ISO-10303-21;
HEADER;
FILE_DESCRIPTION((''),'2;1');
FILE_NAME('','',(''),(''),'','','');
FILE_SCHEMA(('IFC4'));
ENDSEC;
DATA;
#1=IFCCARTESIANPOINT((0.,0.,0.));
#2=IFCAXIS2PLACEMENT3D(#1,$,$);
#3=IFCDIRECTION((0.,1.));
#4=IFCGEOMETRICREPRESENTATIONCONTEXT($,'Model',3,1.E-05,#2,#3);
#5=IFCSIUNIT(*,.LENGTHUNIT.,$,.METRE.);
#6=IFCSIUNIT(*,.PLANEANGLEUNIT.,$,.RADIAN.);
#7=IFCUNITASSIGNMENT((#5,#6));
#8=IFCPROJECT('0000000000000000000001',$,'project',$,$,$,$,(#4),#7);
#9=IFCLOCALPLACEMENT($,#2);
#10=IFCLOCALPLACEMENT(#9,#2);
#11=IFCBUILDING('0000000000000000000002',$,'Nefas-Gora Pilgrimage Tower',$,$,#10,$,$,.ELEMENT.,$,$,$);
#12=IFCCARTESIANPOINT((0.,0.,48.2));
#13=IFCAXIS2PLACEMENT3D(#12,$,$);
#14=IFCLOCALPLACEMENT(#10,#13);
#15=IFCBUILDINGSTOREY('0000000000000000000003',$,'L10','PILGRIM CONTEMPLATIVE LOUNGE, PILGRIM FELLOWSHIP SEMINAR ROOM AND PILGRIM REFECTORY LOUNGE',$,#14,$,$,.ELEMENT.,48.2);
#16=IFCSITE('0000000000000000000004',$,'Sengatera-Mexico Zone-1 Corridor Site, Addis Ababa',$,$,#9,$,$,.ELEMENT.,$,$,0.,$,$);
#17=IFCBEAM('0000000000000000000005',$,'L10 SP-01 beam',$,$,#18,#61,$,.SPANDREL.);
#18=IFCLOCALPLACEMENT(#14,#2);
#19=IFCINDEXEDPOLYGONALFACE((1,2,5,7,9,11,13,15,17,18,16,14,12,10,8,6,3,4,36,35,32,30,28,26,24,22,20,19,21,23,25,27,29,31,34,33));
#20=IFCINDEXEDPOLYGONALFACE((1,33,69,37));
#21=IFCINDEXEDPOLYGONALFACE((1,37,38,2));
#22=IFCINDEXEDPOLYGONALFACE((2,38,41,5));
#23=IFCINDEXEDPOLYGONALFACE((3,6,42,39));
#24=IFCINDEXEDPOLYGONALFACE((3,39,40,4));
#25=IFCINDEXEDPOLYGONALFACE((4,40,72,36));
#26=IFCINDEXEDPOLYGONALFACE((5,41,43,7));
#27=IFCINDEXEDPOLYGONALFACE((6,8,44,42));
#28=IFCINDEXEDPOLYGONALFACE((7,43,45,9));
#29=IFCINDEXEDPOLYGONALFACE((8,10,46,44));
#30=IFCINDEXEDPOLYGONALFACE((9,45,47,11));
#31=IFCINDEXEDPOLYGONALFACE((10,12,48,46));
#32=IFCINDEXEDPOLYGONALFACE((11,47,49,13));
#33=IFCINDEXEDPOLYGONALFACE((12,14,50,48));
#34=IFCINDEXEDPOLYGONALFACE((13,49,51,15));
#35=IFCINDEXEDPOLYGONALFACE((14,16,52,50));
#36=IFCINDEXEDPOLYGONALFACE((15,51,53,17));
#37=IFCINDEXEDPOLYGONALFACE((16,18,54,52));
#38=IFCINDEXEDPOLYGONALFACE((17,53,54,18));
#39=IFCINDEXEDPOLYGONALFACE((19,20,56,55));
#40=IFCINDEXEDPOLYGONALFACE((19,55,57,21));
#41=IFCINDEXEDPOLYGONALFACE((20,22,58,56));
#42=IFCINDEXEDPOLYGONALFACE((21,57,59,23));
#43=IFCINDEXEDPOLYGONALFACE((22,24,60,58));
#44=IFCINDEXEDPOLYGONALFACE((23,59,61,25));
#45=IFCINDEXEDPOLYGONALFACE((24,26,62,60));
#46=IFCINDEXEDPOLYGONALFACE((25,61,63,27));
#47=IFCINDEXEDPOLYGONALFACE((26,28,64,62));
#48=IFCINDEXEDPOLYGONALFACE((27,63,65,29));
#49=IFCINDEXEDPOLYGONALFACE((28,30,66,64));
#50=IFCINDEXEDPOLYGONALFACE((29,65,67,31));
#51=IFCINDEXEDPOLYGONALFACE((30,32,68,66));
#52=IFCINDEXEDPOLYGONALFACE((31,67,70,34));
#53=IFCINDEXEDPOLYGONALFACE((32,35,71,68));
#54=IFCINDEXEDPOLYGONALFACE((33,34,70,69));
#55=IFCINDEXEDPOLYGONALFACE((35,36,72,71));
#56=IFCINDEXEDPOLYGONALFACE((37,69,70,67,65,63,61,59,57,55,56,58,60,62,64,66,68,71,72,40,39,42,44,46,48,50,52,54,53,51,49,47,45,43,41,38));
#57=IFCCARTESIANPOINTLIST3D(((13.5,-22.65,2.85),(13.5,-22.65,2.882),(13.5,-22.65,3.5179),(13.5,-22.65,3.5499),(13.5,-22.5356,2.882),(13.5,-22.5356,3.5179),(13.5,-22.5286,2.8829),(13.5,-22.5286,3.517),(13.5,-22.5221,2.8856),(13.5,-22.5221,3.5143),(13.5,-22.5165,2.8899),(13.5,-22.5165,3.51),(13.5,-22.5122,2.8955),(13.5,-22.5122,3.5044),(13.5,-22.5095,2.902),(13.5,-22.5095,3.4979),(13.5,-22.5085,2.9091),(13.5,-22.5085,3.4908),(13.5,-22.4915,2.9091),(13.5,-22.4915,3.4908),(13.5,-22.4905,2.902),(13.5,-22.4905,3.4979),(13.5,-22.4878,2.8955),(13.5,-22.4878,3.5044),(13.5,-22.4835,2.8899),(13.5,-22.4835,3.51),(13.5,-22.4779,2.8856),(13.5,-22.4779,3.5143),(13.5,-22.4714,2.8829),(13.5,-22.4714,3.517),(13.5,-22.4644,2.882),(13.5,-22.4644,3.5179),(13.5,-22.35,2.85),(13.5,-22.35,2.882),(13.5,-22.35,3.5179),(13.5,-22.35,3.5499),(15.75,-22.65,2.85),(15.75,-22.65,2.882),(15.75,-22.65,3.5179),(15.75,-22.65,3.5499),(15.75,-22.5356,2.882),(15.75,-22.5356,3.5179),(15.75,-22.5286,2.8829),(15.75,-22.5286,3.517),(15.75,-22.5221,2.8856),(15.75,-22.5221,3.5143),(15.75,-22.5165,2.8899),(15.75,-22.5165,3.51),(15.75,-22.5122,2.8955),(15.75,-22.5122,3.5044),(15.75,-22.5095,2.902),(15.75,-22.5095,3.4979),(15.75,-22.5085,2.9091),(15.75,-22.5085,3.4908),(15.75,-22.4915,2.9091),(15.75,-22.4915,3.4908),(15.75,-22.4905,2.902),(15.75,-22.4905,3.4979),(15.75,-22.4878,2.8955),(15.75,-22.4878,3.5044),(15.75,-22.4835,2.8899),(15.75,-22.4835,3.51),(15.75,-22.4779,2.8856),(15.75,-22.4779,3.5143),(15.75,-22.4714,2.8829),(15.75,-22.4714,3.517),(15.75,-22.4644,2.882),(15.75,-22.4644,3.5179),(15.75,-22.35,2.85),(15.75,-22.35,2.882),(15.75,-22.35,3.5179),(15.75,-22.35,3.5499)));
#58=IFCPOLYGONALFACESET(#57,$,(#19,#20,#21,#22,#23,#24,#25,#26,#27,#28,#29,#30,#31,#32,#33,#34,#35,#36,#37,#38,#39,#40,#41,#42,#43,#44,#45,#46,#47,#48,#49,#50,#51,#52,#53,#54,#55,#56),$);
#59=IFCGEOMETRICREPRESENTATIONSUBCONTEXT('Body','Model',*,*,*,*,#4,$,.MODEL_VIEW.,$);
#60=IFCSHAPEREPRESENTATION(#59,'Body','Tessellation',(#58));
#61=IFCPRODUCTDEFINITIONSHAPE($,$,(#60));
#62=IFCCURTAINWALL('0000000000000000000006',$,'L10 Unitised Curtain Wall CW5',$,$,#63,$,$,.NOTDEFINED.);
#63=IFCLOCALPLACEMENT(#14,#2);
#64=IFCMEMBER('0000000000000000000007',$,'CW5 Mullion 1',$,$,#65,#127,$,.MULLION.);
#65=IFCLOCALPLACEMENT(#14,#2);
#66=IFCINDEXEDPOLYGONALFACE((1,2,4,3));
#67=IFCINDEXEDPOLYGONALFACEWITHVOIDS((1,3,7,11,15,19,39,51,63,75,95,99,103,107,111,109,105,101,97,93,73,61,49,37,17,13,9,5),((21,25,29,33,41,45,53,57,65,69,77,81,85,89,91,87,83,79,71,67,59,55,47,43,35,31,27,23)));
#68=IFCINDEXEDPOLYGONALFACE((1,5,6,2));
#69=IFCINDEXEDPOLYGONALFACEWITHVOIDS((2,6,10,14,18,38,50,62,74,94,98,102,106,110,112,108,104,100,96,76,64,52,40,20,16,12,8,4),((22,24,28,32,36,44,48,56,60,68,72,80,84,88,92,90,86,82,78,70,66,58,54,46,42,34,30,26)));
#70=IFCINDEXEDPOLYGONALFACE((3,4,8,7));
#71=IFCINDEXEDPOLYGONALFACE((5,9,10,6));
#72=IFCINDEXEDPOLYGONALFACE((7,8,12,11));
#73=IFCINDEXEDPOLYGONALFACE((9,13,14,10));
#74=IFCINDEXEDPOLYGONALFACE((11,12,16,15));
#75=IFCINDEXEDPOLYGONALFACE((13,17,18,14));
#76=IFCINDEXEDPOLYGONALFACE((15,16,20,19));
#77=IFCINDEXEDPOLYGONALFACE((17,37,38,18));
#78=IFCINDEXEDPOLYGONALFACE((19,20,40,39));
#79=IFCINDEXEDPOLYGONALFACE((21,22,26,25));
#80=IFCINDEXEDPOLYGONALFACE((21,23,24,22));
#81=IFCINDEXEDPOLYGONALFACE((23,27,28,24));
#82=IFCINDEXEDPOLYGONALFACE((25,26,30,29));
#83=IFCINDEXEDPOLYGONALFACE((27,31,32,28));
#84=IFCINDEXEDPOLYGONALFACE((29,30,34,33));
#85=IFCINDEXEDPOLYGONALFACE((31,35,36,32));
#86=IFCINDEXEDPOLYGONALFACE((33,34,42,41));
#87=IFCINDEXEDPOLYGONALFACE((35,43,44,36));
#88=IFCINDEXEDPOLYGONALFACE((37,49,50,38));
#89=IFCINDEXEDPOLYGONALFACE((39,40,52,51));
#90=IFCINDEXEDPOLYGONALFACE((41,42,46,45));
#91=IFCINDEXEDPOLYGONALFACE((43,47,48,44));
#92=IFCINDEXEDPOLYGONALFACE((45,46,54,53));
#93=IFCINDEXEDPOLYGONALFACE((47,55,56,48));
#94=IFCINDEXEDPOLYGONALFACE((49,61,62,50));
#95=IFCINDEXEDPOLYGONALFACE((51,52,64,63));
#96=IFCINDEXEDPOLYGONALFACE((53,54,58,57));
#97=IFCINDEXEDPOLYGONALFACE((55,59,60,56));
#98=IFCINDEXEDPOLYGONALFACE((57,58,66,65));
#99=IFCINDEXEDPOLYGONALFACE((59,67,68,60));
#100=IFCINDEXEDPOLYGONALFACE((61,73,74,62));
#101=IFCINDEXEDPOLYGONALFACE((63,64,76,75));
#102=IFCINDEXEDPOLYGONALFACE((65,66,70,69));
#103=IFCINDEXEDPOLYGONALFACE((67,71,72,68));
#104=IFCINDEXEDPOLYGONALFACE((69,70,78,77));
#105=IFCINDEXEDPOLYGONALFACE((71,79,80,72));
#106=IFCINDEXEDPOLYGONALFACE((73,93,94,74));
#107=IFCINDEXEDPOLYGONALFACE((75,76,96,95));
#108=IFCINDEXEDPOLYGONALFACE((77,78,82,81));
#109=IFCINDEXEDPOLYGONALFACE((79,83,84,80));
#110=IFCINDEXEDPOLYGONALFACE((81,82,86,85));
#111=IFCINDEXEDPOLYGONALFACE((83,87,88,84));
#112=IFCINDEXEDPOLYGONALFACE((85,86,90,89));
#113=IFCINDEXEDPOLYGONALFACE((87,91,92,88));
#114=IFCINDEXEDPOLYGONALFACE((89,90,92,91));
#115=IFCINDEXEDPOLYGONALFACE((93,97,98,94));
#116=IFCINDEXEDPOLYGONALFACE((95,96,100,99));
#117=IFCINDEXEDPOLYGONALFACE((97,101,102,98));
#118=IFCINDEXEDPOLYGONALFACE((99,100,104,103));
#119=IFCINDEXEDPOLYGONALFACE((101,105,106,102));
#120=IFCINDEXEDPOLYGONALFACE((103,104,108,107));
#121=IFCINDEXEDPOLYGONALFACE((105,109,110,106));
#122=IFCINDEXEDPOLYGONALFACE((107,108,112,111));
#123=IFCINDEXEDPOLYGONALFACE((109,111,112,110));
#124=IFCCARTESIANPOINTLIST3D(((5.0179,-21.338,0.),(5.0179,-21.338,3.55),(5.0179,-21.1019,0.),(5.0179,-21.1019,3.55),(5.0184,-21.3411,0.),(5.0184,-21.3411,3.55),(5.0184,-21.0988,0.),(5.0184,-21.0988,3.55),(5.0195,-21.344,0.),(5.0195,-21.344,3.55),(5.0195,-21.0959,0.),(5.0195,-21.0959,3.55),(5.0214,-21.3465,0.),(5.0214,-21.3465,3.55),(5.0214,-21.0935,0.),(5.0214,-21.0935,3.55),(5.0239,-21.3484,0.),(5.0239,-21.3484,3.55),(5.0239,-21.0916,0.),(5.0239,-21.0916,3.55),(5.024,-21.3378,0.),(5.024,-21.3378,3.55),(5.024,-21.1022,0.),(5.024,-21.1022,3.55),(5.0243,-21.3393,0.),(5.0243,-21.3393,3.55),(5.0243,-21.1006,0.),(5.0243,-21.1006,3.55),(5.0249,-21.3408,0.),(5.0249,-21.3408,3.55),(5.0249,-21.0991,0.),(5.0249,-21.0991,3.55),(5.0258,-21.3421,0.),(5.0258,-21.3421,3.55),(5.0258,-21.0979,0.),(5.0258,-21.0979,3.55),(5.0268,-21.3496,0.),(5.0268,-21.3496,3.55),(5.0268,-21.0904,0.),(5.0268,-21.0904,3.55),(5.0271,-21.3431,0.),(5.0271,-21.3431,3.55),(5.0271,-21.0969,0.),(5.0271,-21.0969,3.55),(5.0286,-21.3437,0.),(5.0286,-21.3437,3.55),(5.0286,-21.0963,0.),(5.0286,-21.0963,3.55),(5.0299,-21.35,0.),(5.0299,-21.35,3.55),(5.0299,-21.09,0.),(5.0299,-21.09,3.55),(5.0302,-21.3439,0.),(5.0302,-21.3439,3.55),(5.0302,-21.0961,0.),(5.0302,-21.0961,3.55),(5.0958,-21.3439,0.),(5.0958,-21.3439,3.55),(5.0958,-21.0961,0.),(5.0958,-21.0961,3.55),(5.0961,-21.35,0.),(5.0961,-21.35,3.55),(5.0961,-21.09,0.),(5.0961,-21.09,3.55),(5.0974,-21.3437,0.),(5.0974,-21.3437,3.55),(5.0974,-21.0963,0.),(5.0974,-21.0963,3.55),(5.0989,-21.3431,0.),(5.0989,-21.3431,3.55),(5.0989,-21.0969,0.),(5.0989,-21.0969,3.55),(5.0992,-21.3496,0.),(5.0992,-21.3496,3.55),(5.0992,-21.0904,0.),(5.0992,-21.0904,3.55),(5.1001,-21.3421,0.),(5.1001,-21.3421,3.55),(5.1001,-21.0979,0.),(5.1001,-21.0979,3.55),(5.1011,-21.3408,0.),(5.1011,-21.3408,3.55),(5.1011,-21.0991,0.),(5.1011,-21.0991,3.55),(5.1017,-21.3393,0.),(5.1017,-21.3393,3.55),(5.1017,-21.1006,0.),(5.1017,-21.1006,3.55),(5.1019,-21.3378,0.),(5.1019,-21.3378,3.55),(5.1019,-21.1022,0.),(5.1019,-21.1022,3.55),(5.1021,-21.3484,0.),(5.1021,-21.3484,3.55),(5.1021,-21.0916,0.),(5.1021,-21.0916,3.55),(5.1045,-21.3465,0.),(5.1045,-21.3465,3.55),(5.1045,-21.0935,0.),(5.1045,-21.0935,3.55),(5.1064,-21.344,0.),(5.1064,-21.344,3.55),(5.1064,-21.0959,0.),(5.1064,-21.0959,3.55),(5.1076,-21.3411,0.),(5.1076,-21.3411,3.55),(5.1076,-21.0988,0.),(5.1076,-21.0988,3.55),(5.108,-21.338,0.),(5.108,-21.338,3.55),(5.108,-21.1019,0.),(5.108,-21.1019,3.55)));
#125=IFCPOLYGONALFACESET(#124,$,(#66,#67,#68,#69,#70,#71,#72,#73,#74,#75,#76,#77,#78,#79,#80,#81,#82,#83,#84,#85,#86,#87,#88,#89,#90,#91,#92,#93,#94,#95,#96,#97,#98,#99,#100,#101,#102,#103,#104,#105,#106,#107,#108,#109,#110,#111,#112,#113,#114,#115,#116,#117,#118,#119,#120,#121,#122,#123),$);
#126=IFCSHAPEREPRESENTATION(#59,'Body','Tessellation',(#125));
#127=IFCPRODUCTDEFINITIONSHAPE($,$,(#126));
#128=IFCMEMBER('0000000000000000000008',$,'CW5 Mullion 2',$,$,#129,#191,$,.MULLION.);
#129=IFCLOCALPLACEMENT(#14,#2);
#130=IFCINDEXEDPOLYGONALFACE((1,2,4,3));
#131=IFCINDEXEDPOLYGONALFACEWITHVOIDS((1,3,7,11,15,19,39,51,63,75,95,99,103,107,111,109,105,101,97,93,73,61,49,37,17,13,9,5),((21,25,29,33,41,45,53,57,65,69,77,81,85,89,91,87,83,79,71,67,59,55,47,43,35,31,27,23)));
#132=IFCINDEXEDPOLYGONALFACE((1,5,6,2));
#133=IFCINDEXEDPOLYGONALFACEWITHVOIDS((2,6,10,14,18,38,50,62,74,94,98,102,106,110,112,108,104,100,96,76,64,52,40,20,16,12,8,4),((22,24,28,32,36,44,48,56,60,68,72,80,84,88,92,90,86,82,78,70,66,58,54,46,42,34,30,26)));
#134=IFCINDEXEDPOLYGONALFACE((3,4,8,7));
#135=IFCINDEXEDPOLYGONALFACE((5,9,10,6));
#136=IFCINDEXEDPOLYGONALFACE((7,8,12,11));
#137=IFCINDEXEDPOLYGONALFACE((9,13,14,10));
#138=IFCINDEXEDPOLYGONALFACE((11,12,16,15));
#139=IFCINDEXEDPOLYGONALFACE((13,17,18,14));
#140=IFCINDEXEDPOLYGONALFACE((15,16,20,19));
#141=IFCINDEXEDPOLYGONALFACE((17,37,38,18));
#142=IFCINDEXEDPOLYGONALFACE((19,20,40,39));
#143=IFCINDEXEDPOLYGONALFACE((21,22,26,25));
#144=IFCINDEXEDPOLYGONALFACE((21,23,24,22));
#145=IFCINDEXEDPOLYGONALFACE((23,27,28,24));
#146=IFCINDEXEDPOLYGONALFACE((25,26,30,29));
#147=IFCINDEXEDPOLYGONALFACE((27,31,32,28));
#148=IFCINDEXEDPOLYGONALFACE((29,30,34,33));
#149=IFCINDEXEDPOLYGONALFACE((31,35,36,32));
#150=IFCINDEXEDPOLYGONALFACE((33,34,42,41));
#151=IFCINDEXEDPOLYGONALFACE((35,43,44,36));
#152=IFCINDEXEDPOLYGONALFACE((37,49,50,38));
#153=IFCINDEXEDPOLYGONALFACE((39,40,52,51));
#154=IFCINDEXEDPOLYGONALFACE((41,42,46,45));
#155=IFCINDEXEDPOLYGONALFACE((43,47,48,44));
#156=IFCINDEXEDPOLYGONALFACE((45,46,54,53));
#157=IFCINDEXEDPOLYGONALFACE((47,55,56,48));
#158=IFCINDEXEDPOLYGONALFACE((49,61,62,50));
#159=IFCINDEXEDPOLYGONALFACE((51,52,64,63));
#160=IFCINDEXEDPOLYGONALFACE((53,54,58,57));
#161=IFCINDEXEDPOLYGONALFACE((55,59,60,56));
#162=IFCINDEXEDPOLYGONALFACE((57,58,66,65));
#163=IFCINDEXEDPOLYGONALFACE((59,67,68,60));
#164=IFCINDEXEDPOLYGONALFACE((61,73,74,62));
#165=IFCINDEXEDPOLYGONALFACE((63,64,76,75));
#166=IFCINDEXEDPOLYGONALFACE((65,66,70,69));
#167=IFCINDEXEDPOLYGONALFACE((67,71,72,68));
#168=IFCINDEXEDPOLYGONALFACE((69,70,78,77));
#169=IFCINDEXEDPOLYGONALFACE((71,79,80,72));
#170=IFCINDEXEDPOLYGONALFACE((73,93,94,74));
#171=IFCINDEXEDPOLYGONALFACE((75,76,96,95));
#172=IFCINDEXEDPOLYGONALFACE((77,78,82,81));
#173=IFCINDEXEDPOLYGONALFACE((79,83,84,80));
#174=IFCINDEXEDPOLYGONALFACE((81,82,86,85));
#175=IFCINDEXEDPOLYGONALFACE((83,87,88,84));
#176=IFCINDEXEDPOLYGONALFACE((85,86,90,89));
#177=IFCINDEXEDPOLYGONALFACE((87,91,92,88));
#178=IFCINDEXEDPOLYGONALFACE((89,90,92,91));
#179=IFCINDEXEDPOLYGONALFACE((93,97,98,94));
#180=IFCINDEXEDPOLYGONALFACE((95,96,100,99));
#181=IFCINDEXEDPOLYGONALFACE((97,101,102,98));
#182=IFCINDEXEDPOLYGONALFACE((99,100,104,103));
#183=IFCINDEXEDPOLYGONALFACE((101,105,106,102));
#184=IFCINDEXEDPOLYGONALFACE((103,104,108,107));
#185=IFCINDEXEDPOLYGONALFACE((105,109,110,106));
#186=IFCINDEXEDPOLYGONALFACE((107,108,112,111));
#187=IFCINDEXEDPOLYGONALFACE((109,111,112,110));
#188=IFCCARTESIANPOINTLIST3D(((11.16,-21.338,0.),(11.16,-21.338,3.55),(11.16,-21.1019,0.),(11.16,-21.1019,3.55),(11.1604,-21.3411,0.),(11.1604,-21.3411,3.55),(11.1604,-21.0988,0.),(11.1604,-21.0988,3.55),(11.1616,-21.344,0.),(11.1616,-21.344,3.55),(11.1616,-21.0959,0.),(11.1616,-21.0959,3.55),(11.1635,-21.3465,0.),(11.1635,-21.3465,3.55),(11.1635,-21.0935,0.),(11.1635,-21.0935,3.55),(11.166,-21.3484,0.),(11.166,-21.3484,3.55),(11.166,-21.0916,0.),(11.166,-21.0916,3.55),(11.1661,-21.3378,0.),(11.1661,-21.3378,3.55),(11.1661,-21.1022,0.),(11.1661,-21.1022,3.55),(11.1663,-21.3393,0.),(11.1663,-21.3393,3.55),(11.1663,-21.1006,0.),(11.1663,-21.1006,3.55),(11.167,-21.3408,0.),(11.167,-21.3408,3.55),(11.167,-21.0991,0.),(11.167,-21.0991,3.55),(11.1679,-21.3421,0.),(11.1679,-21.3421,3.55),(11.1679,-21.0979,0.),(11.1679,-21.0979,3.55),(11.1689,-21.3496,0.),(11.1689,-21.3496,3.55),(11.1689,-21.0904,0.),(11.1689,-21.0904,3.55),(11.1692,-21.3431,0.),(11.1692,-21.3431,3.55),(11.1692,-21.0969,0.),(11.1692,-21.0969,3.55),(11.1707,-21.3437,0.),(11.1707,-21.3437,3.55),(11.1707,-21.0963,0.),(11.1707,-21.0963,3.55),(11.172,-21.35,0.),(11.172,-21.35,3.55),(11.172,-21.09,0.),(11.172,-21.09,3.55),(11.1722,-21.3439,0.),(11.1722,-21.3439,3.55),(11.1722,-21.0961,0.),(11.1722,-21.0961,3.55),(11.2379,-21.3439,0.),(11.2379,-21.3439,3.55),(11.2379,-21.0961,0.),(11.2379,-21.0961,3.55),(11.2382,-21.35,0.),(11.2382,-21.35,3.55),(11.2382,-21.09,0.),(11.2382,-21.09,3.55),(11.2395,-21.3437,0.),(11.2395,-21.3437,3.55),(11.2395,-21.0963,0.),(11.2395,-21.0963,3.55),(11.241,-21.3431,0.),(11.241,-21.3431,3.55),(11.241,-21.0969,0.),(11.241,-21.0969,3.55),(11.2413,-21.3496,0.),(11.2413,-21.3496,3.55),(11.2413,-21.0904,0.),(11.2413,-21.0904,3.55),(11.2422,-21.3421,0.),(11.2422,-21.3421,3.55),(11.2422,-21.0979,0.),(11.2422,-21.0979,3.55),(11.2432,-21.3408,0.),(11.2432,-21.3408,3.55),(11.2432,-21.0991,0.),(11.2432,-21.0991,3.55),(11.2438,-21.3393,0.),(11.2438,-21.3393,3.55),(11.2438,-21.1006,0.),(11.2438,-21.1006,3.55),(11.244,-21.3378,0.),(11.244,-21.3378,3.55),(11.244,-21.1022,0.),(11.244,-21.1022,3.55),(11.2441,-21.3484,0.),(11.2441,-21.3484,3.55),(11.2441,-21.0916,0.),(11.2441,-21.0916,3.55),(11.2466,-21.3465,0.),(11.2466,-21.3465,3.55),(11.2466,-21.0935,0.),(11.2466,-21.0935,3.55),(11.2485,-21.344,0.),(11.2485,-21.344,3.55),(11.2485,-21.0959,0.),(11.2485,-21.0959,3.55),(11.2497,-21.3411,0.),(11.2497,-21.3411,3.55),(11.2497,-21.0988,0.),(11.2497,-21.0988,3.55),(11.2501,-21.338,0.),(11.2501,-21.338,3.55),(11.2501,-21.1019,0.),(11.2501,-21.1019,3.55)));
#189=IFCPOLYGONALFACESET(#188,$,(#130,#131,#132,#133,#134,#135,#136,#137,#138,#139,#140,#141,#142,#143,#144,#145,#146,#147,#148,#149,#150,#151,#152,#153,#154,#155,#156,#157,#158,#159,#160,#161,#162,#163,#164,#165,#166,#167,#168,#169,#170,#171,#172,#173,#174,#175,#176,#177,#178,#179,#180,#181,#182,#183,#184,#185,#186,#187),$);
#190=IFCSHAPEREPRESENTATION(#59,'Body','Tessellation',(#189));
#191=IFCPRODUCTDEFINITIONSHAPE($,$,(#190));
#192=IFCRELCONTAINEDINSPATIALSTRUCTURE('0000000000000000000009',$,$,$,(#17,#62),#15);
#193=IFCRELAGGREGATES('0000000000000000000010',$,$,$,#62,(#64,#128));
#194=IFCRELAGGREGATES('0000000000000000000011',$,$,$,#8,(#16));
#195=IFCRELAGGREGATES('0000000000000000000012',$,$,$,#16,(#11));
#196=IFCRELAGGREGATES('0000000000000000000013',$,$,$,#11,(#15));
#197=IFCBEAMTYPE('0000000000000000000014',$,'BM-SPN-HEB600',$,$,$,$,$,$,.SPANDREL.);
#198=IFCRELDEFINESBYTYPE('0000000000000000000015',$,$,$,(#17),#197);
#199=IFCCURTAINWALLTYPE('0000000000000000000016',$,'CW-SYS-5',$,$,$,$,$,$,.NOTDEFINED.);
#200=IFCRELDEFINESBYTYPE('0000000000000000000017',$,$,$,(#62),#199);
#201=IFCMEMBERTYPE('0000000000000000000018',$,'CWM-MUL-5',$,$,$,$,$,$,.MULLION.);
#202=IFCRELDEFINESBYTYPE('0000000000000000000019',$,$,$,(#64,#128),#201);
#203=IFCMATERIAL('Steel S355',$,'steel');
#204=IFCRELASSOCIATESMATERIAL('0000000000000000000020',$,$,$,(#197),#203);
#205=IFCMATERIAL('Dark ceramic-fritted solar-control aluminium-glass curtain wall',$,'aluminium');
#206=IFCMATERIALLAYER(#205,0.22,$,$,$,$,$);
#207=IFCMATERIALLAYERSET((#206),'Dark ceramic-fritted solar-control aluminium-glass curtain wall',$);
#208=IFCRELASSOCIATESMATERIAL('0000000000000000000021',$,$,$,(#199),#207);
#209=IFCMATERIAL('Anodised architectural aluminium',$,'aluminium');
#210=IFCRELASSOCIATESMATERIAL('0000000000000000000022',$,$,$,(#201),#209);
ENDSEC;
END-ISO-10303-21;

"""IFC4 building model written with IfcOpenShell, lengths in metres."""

from ifc_helpers import new_model, si_unit, direction, frame, origin, origin_2d, place, context, subcontext, project, spatial, hollow_rectangle, i_section, extrude, source, transform, mapped, material, layer, layer_set, material_profile, profile_set, type_object, element, aggregate, save


model = new_model("IFC4")

# Units and contexts
model_context = context("Model", 3, precision=1e-05, world=origin(), true_north=direction((0.0, 1.0)))
body_context = subcontext(model_context, "Body", "Model", "MODEL_VIEW")
ifc_project = project(units=[si_unit("LENGTHUNIT", "METRE"), si_unit("PLANEANGLEUNIT", "RADIAN")], contexts=[model_context])

# Site, building, storey
site_placement = place(None, origin())
site = spatial("IfcSite", under=ifc_project, at=site_placement, Name="Sengatera-Mexico Zone-1 Corridor Site, Addis Ababa", CompositionType="ELEMENT", RefElevation=0.0)
building_placement = place(site_placement, origin())
building = spatial("IfcBuilding", under=site, at=building_placement, Name="Nefas-Gora Pilgrimage Tower", CompositionType="ELEMENT")
storey_placement = place(building_placement, frame((0.0, 0.0, 48.2)))
storey = spatial("IfcBuildingStorey", under=building, at=storey_placement, Name="L10", Description="PILGRIM CONTEMPLATIVE LOUNGE, PILGRIM FELLOWSHIP SEMINAR ROOM AND PILGRIM REFECTORY LOUNGE", CompositionType="ELEMENT", Elevation=48.2)

# Beam
ifc_material_1 = material(Name="Steel S355", Category="steel")
ifc_material_profile_1 = material_profile(ifc_material_1, i_section(OverallWidth=0.3, OverallDepth=0.7, WebThickness=0.0171, FlangeThickness=0.032, FilletRadius=0.0271, at=origin_2d()), Name="HEB 700")
ifc_profile_set_1 = profile_set([ifc_material_profile_1], Name="Steel S355")
beam_type_1 = type_object("IfcBeamType", Name="BM-SPN-HEB600", PredefinedType="SPANDREL", material=ifc_profile_set_1)
shared_shape_1 = source(origin(), body_context, "Body", "SweptSolid", [
    extrude(i_section(OverallWidth=0.3, OverallDepth=0.7, WebThickness=0.0171, FlangeThickness=0.032, FilletRadius=0.0271, at=origin_2d()), origin(), (0.0, 0.0, 1.0), 2.25),
])
beam_1_placement = place(storey_placement, frame((13.5, -22.5, 3.2), z_axis=(1.0, 0.0, 0.0), x_axis=(0.0, 1.0, 0.0)))
element("IfcBeam", 1, at=beam_1_placement, inside=storey, type_object=beam_type_1, Name="L10 SP-01 beam", PredefinedType="SPANDREL", context=body_context, shape_type="MappedRepresentation", body=[
    mapped(shared_shape_1, transform((0.0, 0.0, 0.0), x_axis=(1.0, 0.0, 0.0), y_axis=(0.0, 1.0, 0.0), z_axis=(0.0, 0.0, 1.0), scale=1.0)),
])

# Curtain wall, members
ifc_material_2 = material(Name="Dark ceramic-fritted solar-control aluminium-glass curtain wall", Category="aluminium")
ifc_layer_1 = layer(ifc_material_2, 0.22)
ifc_layer_set_1 = layer_set([ifc_layer_1], Name="Dark ceramic-fritted solar-control aluminium-glass curtain wall")
curtain_wall_type_1 = type_object("IfcCurtainWallType", Name="CW-SYS-5", PredefinedType="NOTDEFINED", material=ifc_layer_set_1)
curtain_wall_1_placement = place(storey_placement, origin())
curtain_wall_1 = element("IfcCurtainWall", 2, at=curtain_wall_1_placement, inside=storey, type_object=curtain_wall_type_1, Name="L10 Unitised Curtain Wall CW5", PredefinedType="NOTDEFINED")
ifc_material_3 = material(Name="Anodised architectural aluminium", Category="aluminium")
ifc_material_profile_2 = material_profile(ifc_material_3, hollow_rectangle(XDim=0.0901, YDim=0.26, WallThickness=0.0061, InnerFilletRadius=0.0061, OuterFilletRadius=0.012, at=origin_2d()), Name="ALU MULLION 90x260")
ifc_profile_set_2 = profile_set([ifc_material_profile_2], Name="Anodised architectural aluminium")
member_type_1 = type_object("IfcMemberType", Name="CWM-MUL-5", PredefinedType="MULLION", material=ifc_profile_set_2)
shared_shape_2 = source(origin(), body_context, "Body", "SweptSolid", [
    extrude(hollow_rectangle(XDim=0.0901, YDim=0.26, WallThickness=0.0061, InnerFilletRadius=0.0061, OuterFilletRadius=0.012, at=origin_2d()), origin(), (0.0, 0.0, 1.0), 3.55),
])
member_1_placement = place(storey_placement, frame((5.063, -21.22, 0.0), z_axis=(0.0, 0.0, 1.0), x_axis=(1.0, 0.0, 0.0)))
member_1 = element("IfcMember", 3, at=member_1_placement, type_object=member_type_1, Name="CW5 Mullion 1", PredefinedType="MULLION", context=body_context, shape_type="MappedRepresentation", body=[
    mapped(shared_shape_2, transform((0.0, 0.0, 0.0), x_axis=(1.0, 0.0, 0.0), y_axis=(0.0, 1.0, 0.0), z_axis=(0.0, 0.0, 1.0), scale=1.0)),
])
member_2_placement = place(storey_placement, frame((11.2051, -21.22, 0.0), z_axis=(0.0, 0.0, 1.0), x_axis=(1.0, 0.0, 0.0)))
member_2 = element("IfcMember", 4, at=member_2_placement, type_object=member_type_1, Name="CW5 Mullion 2", PredefinedType="MULLION", context=body_context, shape_type="MappedRepresentation", body=[
    mapped(shared_shape_2, transform((0.0, 0.0, 0.0), x_axis=(1.0, 0.0, 0.0), y_axis=(0.0, 1.0, 0.0), z_axis=(0.0, 0.0, 1.0), scale=1.0)),
])

aggregate(curtain_wall_1, [member_1, member_2])

save(model, "model.ifc")
